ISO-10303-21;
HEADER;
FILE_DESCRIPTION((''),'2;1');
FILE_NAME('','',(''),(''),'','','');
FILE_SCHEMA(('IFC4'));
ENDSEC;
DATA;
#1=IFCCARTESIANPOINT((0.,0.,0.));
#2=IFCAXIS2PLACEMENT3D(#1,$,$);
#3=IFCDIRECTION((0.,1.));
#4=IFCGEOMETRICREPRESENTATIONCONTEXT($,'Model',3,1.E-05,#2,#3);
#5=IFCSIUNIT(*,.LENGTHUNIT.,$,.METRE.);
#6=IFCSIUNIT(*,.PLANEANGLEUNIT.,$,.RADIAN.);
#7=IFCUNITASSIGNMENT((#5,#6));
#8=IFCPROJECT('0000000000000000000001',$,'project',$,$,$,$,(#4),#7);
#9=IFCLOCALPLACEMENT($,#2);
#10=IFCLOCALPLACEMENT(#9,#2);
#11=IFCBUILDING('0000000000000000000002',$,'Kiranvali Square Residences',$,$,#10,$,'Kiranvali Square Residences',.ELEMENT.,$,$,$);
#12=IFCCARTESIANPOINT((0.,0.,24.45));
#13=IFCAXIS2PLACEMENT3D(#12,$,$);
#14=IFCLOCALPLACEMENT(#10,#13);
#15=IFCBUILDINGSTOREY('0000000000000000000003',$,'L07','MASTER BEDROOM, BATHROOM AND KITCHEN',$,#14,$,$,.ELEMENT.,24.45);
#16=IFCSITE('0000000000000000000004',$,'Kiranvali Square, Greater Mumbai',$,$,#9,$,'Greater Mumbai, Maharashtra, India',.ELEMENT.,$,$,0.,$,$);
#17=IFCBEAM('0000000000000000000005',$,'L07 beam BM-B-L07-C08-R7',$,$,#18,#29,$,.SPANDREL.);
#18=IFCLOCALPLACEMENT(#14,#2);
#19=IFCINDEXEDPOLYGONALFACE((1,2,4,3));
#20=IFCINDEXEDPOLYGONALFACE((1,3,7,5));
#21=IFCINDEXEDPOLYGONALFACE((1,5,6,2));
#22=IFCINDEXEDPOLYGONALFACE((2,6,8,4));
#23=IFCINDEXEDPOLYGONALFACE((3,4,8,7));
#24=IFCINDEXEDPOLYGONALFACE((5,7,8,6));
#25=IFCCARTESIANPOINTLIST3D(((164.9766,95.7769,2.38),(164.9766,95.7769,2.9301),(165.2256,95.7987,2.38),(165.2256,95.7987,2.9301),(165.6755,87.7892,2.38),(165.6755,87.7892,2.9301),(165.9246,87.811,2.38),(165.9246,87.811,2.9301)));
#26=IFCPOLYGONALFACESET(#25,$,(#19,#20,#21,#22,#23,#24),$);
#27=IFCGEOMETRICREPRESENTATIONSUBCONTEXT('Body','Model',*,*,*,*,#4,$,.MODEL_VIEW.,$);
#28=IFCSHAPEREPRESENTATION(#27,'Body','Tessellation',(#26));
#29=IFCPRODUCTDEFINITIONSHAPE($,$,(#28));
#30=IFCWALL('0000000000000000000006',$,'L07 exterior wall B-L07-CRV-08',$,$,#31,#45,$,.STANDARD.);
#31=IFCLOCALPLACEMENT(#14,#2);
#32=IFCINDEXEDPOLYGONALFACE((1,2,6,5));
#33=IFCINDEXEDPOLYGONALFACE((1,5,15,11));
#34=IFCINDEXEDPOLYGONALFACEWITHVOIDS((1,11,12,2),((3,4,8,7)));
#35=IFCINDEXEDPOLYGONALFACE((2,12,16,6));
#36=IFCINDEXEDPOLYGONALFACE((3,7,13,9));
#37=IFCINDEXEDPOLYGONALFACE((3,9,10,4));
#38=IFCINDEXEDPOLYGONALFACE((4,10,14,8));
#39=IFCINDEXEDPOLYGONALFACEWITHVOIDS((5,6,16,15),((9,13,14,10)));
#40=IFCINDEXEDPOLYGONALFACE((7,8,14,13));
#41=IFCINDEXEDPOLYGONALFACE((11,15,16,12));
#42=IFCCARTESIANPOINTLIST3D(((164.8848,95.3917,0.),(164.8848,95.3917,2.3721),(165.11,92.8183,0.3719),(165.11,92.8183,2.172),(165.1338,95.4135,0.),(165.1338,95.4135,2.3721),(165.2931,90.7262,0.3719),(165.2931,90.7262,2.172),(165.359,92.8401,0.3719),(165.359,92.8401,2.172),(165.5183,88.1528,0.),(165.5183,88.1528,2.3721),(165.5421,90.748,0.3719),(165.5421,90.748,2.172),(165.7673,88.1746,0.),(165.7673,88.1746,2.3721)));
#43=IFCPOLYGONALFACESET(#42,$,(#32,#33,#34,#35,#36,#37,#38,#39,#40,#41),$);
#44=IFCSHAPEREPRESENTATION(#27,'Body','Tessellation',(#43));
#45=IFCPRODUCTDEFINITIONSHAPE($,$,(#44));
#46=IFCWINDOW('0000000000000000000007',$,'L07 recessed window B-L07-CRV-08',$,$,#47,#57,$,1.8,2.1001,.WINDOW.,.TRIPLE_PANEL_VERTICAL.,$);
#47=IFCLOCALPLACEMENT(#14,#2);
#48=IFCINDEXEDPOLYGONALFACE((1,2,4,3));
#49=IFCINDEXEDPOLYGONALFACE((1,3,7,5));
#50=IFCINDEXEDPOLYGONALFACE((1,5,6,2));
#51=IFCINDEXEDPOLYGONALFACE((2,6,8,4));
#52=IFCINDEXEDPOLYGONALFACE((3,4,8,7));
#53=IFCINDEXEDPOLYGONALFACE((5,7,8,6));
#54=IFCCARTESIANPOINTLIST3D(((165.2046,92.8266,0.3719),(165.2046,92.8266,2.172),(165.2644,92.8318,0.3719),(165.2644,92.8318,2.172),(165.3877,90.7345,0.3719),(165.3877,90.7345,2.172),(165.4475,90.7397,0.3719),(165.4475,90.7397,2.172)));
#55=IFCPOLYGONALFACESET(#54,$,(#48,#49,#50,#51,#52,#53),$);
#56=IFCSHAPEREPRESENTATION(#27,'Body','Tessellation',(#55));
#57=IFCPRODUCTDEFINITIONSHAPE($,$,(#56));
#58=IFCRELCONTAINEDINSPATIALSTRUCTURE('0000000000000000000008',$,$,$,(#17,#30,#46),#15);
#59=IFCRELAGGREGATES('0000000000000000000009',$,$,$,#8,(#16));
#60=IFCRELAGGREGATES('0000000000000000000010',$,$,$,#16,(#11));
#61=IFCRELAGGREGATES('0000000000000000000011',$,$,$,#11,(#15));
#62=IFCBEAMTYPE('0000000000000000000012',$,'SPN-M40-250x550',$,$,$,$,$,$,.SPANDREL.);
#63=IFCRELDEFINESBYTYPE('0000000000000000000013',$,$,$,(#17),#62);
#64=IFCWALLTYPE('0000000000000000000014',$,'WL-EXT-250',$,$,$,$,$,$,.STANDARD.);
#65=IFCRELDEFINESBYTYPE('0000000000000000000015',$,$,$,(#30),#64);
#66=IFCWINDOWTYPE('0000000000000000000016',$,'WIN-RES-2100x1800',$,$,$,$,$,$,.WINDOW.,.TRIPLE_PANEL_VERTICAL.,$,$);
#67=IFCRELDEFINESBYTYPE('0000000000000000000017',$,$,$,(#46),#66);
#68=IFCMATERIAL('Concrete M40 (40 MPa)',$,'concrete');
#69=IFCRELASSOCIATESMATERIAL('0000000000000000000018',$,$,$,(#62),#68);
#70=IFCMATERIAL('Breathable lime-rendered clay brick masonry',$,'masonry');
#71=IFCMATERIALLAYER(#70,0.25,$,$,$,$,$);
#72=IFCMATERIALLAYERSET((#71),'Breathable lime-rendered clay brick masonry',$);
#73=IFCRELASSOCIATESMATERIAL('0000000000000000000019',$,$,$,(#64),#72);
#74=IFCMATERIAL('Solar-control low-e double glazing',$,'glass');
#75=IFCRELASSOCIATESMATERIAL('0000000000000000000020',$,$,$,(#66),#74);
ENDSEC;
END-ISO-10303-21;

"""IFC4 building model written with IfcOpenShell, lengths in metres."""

from ifc_helpers import new_model, si_unit, direction, frame, frame_2d, origin, origin_2d, place, context, subcontext, project, spatial, rectangle, extrude, material, layer, layer_set, material_profile, profile_set, type_object, element, fill, save


model = new_model("IFC4")

# Units and contexts
model_context = context("Model", 3, precision=1e-05, world=origin(), true_north=direction((0.0, 1.0)))
body_context = subcontext(model_context, "Body", "Model", "MODEL_VIEW")
ifc_project = project(units=[si_unit("LENGTHUNIT", "METRE"), si_unit("PLANEANGLEUNIT", "RADIAN")], contexts=[model_context])

# Site, building, storey
site_placement = place(None, origin())
site = spatial("IfcSite", under=ifc_project, at=site_placement, Name="Kiranvali Square, Greater Mumbai", LongName="Greater Mumbai, Maharashtra, India", CompositionType="ELEMENT", RefElevation=0.0)
building_placement = place(site_placement, origin())
building = spatial("IfcBuilding", under=site, at=building_placement, Name="Kiranvali Square Residences", LongName="Kiranvali Square Residences", CompositionType="ELEMENT")
storey_placement = place(building_placement, frame((0.0, 0.0, 24.45)))
storey = spatial("IfcBuildingStorey", under=building, at=storey_placement, Name="L07", Description="MASTER BEDROOM, BATHROOM AND KITCHEN", CompositionType="ELEMENT", Elevation=24.45)

# Beam
ifc_material_1 = material(Name="Concrete M40 (40 MPa)", Category="concrete")
ifc_material_profile_1 = material_profile(ifc_material_1, rectangle(XDim=0.25, YDim=0.55, at=origin_2d()), Name="RC 250x550")
ifc_profile_set_1 = profile_set([ifc_material_profile_1], Name="Concrete M40 (40 MPa)")
beam_type_1 = type_object("IfcBeamType", Name="SPN-M40-250x550", PredefinedType="SPANDREL", material=ifc_profile_set_1)
for number, where, z_axis, x_axis, name in (
    (1, (165.1011, 95.7878, 2.655), (0.087172, -0.996193, 0.0), (0.996193, 0.087172, 0.0), "L07 beam BM-B-L07-C08-R7"),
):
    element("IfcBeam", number, at=place(storey_placement, frame(where, z_axis=z_axis, x_axis=x_axis)), inside=storey, type_object=beam_type_1, Name=name, PredefinedType="SPANDREL", context=body_context, shape_type="SweptSolid", body=[
        extrude(rectangle(XDim=0.25, YDim=0.55, at=origin_2d()), origin(), (0.0, 0.0, 1.0), 8.0183),
    ])

# Shared definitions
ifc_material_2 = material(Name="Breathable lime-rendered clay brick masonry", Category="masonry")
ifc_layer = layer(ifc_material_2, 0.25)
ifc_layer_set = layer_set([ifc_layer], Name="Breathable lime-rendered clay brick masonry")
wall_type = type_object("IfcWallType", Name="WL-EXT-250", PredefinedType="STANDARD", material=ifc_layer_set)
ifc_material_3 = material(Name="Solar-control low-e double glazing", Category="glass")

# Wall, opening, window
wall_1_placement = place(storey_placement, frame((165.0093, 95.4026, 0.0), z_axis=(0.0, 0.0, 1.0), x_axis=(0.087185, -0.996192, 0.0)))
wall_1 = element("IfcWall", 2, at=wall_1_placement, inside=storey, type_object=wall_type, Name="L07 exterior wall B-L07-CRV-08", PredefinedType="STANDARD", context=body_context, shape_type="SweptSolid", body=[
    extrude(rectangle(XDim=7.2666, YDim=0.25, at=frame_2d((3.6333, 0.0))), origin(), (0.0, 0.0, 1.0), 2.3721),
])
opening_1_placement = place(wall_1_placement, frame((2.5833, 0.0, 0.3721)))
opening_1 = element("IfcOpeningElement", 3, at=opening_1_placement, cuts=wall_1, PredefinedType="OPENING", context=body_context, shape_type="SweptSolid", body=[
    extrude(rectangle(XDim=2.1001, YDim=1.8, at=frame_2d((1.05, 0.8999))), frame((0.0, 0.135, 0.0), z_axis=(0.0, -1.0, 0.0), x_axis=(1.0, 0.0, 0.0)), (0.0, 0.0, 1.0), 0.27),
])
window_type_1 = type_object("IfcWindowType", Name="WIN-RES-2100x1800", PartitioningType="TRIPLE_PANEL_VERTICAL", PredefinedType="WINDOW", material=ifc_material_3)
window_1_placement = place(opening_1_placement, origin())
window_1 = element("IfcWindow", 4, at=window_1_placement, inside=storey, type_object=window_type_1, Name="L07 recessed window B-L07-CRV-08", OverallHeight=1.8, OverallWidth=2.1001, PartitioningType="TRIPLE_PANEL_VERTICAL", PredefinedType="WINDOW", context=body_context, shape_type="SweptSolid", body=[
    extrude(rectangle(XDim=2.1001, YDim=1.8, at=frame_2d((1.05, 0.8999))), frame((0.0, 0.03, 0.0), z_axis=(0.0, -1.0, 0.0), x_axis=(1.0, 0.0, 0.0)), (0.0, 0.0, 1.0), 0.0601),
])
fill(opening_1, window_1)

save(model, "model.ifc")
